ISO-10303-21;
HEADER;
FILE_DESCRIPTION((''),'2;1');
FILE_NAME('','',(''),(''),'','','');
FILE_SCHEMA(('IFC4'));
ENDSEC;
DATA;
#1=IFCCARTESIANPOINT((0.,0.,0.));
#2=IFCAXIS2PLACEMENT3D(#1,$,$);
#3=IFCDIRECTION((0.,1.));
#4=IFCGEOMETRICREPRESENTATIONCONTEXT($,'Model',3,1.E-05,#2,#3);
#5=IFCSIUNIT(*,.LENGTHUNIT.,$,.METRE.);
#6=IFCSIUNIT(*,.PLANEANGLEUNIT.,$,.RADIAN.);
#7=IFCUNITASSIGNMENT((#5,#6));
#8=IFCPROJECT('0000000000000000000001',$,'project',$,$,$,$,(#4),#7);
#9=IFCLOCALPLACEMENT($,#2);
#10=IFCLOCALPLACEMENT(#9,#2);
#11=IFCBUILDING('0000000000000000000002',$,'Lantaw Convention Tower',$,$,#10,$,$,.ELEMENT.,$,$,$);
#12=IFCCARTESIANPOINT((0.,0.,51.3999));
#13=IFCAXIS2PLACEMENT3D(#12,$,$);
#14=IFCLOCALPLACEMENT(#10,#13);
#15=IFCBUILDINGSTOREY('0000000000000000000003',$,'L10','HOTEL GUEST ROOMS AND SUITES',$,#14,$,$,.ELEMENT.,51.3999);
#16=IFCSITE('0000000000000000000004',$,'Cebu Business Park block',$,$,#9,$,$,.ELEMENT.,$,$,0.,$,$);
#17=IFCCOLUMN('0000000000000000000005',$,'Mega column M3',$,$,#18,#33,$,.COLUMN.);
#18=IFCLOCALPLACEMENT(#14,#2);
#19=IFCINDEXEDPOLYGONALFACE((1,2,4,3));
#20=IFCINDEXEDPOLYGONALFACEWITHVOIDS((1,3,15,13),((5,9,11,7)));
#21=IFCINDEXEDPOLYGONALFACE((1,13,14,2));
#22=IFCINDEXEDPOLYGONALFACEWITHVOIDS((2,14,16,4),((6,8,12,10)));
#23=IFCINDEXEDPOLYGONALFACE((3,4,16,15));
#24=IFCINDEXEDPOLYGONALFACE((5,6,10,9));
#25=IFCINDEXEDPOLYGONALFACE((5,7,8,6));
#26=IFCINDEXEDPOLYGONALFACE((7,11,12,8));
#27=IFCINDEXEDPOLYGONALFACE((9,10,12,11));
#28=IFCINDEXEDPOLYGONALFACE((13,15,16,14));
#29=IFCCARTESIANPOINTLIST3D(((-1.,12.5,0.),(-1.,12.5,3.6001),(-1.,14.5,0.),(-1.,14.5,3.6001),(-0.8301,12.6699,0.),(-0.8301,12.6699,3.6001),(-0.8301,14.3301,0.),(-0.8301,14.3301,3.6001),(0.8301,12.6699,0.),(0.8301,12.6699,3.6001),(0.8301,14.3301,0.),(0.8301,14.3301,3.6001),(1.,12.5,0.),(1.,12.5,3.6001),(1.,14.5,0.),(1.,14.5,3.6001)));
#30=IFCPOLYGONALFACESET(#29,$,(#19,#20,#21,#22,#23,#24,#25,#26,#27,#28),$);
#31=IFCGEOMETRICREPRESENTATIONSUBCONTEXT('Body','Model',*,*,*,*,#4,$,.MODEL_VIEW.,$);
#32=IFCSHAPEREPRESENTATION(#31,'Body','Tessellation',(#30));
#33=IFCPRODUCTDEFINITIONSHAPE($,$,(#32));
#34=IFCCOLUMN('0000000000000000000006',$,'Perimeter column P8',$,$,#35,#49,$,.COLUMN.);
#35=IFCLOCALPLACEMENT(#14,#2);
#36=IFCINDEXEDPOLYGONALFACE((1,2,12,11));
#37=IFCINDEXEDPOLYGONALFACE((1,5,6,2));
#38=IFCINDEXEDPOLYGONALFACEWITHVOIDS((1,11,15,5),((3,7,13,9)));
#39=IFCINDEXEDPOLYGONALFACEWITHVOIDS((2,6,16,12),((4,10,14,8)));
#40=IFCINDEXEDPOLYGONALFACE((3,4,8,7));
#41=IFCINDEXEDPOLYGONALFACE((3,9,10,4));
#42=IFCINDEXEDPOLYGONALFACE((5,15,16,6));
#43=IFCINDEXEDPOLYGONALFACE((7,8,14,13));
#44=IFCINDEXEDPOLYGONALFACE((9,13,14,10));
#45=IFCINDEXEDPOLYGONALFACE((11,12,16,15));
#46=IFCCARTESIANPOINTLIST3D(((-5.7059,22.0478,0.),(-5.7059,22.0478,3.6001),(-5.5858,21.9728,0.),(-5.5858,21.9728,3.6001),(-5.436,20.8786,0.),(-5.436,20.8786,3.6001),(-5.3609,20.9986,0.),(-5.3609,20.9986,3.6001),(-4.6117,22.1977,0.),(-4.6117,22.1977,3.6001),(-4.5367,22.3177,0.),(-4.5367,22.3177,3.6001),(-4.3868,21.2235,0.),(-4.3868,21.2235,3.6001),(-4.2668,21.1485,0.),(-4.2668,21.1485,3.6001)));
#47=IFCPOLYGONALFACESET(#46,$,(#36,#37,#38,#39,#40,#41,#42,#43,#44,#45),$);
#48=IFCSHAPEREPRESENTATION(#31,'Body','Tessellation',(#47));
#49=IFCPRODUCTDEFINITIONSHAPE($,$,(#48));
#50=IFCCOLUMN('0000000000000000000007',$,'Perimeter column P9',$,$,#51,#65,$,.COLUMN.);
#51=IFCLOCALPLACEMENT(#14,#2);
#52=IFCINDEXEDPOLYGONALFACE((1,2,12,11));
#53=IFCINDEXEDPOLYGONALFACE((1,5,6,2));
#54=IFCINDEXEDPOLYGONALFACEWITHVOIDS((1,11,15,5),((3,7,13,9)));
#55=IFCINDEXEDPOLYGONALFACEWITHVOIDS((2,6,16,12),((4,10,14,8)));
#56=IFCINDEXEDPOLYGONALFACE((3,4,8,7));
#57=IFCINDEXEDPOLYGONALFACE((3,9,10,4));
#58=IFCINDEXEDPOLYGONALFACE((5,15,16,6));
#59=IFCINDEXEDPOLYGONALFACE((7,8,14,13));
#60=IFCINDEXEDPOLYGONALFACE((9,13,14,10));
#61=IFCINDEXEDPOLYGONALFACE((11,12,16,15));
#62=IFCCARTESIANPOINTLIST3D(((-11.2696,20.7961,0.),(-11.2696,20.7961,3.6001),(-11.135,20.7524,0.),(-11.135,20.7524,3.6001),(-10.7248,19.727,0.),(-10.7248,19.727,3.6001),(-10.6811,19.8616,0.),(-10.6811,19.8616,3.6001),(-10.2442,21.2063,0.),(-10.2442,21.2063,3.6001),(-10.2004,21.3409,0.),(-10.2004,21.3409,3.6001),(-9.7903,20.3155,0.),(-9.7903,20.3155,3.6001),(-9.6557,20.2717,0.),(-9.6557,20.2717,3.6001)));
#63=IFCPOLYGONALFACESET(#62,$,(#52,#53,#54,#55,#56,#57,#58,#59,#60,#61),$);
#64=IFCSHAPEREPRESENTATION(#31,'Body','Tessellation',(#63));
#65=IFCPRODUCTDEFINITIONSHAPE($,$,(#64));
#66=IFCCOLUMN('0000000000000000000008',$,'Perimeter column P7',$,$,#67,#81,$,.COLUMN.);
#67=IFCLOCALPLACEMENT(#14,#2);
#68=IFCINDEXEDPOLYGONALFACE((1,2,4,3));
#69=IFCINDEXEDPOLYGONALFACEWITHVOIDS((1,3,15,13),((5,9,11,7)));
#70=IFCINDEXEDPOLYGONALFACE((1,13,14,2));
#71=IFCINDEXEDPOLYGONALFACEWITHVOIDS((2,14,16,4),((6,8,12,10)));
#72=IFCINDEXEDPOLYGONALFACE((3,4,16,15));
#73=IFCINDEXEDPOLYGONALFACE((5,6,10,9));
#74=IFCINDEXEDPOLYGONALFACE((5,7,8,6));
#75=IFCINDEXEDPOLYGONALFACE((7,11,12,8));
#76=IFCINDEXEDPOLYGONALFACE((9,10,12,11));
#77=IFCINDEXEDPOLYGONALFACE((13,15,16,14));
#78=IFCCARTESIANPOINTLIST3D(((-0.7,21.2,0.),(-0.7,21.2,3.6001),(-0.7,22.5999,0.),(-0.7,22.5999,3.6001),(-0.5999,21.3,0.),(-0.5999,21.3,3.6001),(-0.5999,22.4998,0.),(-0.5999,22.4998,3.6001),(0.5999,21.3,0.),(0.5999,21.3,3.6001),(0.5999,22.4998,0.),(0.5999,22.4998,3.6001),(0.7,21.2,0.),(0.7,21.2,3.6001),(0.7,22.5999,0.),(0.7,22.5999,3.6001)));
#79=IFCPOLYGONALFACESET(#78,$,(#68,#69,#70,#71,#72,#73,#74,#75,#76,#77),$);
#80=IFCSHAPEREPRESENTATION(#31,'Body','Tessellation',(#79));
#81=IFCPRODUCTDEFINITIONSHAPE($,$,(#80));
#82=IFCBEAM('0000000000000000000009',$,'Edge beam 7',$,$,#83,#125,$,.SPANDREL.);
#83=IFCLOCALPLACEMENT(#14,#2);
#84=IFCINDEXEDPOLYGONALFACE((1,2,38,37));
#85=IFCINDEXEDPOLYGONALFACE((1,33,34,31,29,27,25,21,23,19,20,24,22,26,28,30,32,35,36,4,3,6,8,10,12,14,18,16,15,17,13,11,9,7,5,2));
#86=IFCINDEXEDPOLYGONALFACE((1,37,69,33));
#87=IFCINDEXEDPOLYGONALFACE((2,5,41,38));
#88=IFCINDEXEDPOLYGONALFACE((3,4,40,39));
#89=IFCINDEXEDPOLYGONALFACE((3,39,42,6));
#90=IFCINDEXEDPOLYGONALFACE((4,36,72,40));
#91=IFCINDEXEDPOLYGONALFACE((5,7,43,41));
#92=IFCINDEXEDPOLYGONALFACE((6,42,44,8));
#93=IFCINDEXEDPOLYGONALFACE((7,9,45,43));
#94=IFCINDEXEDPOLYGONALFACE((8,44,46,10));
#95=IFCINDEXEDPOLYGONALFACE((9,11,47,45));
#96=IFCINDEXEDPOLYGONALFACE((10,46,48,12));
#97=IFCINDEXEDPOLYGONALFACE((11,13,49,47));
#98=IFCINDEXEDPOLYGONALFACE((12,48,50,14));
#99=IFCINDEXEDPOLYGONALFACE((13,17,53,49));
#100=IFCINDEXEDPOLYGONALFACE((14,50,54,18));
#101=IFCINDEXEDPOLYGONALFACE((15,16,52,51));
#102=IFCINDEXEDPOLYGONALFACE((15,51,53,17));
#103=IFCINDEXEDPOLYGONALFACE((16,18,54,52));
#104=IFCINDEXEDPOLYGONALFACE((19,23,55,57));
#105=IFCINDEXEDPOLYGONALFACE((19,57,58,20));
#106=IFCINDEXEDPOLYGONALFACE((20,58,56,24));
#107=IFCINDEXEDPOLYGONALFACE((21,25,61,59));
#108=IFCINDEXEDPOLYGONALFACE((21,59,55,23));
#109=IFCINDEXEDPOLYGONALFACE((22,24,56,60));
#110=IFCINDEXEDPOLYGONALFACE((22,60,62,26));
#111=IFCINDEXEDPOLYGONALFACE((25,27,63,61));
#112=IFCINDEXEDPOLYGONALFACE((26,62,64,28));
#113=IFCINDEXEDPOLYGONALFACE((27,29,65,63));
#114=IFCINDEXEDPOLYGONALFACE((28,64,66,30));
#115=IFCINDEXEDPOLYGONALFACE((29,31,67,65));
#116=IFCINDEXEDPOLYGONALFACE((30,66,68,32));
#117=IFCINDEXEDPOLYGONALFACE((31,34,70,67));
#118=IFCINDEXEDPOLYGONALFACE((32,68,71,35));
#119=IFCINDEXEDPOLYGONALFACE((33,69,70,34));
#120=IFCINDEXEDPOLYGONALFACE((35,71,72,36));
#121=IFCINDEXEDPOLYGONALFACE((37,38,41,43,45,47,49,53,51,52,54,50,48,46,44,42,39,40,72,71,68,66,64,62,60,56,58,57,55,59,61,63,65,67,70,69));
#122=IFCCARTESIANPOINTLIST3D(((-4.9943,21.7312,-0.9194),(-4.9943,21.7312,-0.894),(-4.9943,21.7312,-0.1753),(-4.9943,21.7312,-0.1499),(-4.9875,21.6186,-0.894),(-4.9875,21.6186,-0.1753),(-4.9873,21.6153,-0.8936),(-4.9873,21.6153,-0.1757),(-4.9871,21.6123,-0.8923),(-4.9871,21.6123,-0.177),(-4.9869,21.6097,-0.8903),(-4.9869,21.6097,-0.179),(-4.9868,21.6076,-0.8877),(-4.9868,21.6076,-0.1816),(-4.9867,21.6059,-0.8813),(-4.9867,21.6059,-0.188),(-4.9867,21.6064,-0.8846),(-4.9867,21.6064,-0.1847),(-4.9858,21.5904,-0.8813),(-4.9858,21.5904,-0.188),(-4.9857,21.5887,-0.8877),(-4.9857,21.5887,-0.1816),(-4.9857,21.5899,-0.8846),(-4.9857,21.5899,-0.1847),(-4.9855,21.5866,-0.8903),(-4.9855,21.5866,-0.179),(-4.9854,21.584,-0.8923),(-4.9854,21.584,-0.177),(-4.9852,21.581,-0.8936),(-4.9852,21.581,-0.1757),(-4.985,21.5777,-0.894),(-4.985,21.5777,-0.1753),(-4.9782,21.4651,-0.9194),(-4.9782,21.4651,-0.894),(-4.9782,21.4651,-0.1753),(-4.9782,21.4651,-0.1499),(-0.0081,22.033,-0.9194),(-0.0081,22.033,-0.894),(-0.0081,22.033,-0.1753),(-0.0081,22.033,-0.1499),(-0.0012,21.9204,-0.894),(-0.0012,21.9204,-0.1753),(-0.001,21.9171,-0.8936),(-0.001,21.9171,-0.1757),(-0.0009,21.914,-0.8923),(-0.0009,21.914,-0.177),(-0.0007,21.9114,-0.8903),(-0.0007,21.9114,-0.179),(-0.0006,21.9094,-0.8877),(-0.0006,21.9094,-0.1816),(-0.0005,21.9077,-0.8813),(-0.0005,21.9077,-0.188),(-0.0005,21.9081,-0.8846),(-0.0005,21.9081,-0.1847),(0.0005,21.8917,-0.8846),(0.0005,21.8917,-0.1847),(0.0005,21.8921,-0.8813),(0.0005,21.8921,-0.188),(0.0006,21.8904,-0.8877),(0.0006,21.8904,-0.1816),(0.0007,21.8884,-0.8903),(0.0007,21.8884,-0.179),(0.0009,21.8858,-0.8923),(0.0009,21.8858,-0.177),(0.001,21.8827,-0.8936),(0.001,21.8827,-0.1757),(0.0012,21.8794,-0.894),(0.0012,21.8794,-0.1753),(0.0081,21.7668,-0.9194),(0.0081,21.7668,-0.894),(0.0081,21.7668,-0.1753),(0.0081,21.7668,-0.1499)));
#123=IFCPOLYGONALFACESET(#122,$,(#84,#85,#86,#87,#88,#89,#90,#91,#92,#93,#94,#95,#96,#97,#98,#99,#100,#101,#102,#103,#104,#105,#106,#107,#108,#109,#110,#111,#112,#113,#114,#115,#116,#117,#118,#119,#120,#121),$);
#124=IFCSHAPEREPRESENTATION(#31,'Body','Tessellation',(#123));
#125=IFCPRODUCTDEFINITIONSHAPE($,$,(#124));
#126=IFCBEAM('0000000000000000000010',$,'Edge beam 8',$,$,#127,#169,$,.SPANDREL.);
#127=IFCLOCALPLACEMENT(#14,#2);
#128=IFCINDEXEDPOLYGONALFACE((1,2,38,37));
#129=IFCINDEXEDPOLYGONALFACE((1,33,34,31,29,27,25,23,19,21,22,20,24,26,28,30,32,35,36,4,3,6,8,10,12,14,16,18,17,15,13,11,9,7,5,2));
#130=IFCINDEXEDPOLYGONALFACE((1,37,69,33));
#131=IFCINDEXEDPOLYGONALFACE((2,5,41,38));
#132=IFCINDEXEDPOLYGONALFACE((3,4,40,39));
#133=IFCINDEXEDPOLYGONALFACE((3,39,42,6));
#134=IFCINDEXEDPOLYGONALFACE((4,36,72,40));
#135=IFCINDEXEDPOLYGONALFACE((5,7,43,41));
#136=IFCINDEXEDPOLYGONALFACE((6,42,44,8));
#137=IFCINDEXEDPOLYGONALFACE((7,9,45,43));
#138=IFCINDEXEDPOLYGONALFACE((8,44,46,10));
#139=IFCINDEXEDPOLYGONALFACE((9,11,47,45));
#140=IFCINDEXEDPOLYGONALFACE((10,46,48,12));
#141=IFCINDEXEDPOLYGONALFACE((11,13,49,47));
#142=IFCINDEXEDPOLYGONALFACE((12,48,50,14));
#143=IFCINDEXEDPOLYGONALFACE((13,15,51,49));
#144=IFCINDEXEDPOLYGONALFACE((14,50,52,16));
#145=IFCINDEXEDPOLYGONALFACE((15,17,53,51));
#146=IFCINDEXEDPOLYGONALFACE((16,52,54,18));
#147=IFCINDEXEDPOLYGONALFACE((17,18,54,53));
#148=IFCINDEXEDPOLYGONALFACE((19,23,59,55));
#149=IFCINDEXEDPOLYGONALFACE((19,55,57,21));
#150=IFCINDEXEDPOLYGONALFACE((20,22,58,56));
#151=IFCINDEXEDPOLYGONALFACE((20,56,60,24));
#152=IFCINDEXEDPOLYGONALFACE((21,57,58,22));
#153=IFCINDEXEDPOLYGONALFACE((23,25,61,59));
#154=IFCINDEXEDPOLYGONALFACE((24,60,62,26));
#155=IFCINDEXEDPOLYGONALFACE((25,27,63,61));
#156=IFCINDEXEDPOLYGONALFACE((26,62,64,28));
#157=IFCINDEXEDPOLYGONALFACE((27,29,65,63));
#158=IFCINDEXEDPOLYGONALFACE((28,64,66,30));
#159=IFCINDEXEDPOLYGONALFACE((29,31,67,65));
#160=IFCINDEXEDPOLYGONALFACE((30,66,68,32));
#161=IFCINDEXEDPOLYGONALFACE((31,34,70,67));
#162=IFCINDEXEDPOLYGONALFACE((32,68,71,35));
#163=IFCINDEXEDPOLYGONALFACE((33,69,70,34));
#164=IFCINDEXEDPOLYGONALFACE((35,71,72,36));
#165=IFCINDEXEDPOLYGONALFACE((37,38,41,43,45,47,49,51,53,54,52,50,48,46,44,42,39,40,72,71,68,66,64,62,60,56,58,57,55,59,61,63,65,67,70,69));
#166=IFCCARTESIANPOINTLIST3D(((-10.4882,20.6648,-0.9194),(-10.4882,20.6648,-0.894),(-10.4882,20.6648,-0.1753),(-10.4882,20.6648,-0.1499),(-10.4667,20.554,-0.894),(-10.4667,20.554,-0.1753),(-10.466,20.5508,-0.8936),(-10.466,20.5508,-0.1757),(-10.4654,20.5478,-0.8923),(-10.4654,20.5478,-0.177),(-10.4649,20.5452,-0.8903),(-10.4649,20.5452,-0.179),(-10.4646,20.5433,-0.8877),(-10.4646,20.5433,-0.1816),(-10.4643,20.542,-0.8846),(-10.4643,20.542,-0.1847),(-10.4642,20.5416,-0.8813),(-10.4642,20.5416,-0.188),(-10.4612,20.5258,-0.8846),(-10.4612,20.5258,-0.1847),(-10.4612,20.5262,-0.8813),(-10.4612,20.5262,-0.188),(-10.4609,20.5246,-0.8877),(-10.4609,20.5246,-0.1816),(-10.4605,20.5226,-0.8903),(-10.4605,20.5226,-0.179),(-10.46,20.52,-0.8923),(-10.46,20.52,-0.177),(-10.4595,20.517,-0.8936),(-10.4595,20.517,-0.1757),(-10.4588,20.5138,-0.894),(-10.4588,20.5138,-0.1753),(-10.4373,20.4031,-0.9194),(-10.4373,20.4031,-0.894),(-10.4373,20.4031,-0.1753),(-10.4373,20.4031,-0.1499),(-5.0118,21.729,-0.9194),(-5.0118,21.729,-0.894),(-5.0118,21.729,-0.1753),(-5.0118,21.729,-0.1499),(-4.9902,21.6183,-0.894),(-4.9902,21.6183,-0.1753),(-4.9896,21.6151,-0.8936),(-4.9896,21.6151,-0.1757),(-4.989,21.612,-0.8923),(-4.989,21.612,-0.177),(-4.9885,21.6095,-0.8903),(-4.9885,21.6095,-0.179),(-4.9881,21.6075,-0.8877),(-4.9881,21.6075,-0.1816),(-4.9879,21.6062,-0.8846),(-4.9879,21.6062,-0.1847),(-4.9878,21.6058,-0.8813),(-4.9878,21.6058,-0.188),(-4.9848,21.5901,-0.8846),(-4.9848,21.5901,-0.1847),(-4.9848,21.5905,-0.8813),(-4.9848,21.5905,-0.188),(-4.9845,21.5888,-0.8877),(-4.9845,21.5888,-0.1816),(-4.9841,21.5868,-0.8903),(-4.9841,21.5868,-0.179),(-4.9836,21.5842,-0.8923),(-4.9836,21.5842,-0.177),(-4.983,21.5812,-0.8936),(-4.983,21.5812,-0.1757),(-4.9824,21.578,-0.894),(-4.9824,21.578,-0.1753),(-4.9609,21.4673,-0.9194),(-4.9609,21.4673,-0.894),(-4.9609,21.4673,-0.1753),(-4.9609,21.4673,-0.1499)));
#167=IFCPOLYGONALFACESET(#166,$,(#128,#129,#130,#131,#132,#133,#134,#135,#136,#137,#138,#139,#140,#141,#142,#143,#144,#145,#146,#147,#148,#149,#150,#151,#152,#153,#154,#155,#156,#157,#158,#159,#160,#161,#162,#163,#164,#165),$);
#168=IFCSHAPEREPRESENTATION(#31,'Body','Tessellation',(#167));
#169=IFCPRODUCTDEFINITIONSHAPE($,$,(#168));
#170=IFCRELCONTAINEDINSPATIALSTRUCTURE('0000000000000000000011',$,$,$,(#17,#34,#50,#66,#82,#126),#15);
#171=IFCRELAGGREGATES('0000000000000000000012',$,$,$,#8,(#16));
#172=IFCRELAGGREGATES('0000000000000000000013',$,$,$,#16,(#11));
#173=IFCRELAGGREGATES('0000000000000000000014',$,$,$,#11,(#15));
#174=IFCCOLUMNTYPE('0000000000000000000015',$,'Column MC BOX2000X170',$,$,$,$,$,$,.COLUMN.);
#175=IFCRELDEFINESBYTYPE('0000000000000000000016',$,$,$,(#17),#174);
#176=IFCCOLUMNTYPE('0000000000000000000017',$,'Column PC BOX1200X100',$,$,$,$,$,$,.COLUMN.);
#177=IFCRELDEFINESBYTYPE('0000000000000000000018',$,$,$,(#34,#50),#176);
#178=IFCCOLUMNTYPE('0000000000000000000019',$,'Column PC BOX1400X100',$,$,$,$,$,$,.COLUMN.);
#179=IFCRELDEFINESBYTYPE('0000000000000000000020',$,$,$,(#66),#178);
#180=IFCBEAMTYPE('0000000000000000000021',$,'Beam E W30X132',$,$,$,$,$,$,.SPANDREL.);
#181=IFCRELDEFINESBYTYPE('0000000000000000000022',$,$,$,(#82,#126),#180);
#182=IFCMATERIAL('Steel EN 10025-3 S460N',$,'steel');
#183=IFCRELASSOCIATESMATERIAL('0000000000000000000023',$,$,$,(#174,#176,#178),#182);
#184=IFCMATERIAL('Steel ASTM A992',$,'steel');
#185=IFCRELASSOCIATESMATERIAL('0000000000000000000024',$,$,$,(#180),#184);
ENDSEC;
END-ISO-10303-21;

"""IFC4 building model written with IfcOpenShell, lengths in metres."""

from ifc_helpers import new_model, si_unit, direction, frame, origin, origin_2d, place, context, subcontext, project, spatial, rectangle, hollow_rectangle, i_section, extrude, material, material_profile, profile_set, type_object, element, save


model = new_model("IFC4")

# Units and contexts
model_context = context("Model", 3, precision=1e-05, world=origin(), true_north=direction((0.0, 1.0)))
body_context = subcontext(model_context, "Body", "Model", "MODEL_VIEW")
ifc_project = project(units=[si_unit("LENGTHUNIT", "METRE"), si_unit("PLANEANGLEUNIT", "RADIAN")], contexts=[model_context])

# Site, building, storey
site_placement = place(None, origin())
site = spatial("IfcSite", under=ifc_project, at=site_placement, Name="Cebu Business Park block", CompositionType="ELEMENT", RefElevation=0.0)
building_placement = place(site_placement, origin())
building = spatial("IfcBuilding", under=site, at=building_placement, Name="Lantaw Convention Tower", CompositionType="ELEMENT")
storey_placement = place(building_placement, frame((0.0, 0.0, 51.3999)))
storey = spatial("IfcBuildingStorey", under=building, at=storey_placement, Name="L10", Description="HOTEL GUEST ROOMS AND SUITES", CompositionType="ELEMENT", Elevation=51.3999)

# Columns
ifc_material_1 = material(Name="Steel EN 10025-3 S460N", Category="steel")
ifc_material_profile_1 = material_profile(ifc_material_1, hollow_rectangle(XDim=2.0, YDim=2.0, WallThickness=0.1699, at=origin_2d()), Name="BOX2000X170")
ifc_material_2 = material(Name="Concrete C60/75", Category="concrete")
ifc_material_profile_2 = material_profile(ifc_material_2, rectangle(XDim=1.6599, YDim=1.6599, at=origin_2d()), Name="Concrete fill of BOX2000X170")
ifc_profile_set_1 = profile_set([ifc_material_profile_1, ifc_material_profile_2], Name="Steel EN 10025-3 S460N")
column_type_1 = type_object("IfcColumnType", Name="Column MC BOX2000X170", PredefinedType="COLUMN", material=ifc_profile_set_1)
column_1_placement = place(storey_placement, frame((0.0, 13.5, 0.0), z_axis=(0.0, 0.0, 1.0), x_axis=(1.0, 0.0, 0.0)))
element("IfcColumn", 1, at=column_1_placement, inside=storey, type_object=column_type_1, Name="Mega column M3", PredefinedType="COLUMN", context=body_context, shape_type="SweptSolid", body=[
    extrude(hollow_rectangle(XDim=2.0, YDim=2.0, WallThickness=0.1699, at=origin_2d()), origin(), (0.0, 0.0, 1.0), 3.6001),
])
ifc_material_profile_3 = material_profile(ifc_material_1, hollow_rectangle(XDim=1.2, YDim=1.2, WallThickness=0.1001, at=origin_2d()), Name="BOX1200X100")
ifc_material_profile_4 = material_profile(ifc_material_2, rectangle(XDim=1.0, YDim=1.0, at=origin_2d()), Name="Concrete fill of BOX1200X100")
ifc_profile_set_2 = profile_set([ifc_material_profile_3, ifc_material_profile_4], Name="Steel EN 10025-3 S460N")
column_type_2 = type_object("IfcColumnType", Name="Column PC BOX1200X100", PredefinedType="COLUMN", material=ifc_profile_set_2)
for number, where, z_axis, x_axis, name in (
    (2, (-4.9863, 21.5981, 0.0), (0.0, 0.0, 1.0), (0.97437, 0.224951, 0.0), "Perimeter column P8"),
    (3, (-10.4626, 20.5339, 0.0), (0.0, 0.0, 1.0), (0.891007, 0.45399, 0.0), "Perimeter column P9"),
):
    element("IfcColumn", number, at=place(storey_placement, frame(where, z_axis=z_axis, x_axis=x_axis)), inside=storey, type_object=column_type_2, Name=name, PredefinedType="COLUMN", context=body_context, shape_type="SweptSolid", body=[
        extrude(hollow_rectangle(XDim=1.2, YDim=1.2, WallThickness=0.1001, at=origin_2d()), origin(), (0.0, 0.0, 1.0), 3.6001),
    ])
ifc_material_profile_5 = material_profile(ifc_material_1, hollow_rectangle(XDim=1.3999, YDim=1.3999, WallThickness=0.1001, at=origin_2d()), Name="BOX1400X100")
ifc_material_profile_6 = material_profile(ifc_material_2, rectangle(XDim=1.2, YDim=1.2, at=origin_2d()), Name="Concrete fill of BOX1400X100")
ifc_profile_set_3 = profile_set([ifc_material_profile_5, ifc_material_profile_6], Name="Steel EN 10025-3 S460N")
column_type_3 = type_object("IfcColumnType", Name="Column PC BOX1400X100", PredefinedType="COLUMN", material=ifc_profile_set_3)
column_2_placement = place(storey_placement, frame((0.0, 21.8999, 0.0), z_axis=(0.0, 0.0, 1.0), x_axis=(1.0, 0.0, 0.0)))
element("IfcColumn", 4, at=column_2_placement, inside=storey, type_object=column_type_3, Name="Perimeter column P7", PredefinedType="COLUMN", context=body_context, shape_type="SweptSolid", body=[
    extrude(hollow_rectangle(XDim=1.3999, YDim=1.3999, WallThickness=0.1001, at=origin_2d()), origin(), (0.0, 0.0, 1.0), 3.6001),
])

# Beams
ifc_material_3 = material(Name="Steel ASTM A992", Category="steel")
ifc_material_profile_7 = material_profile(ifc_material_3, i_section(OverallWidth=0.2666, OverallDepth=0.7695, WebThickness=0.0156, FlangeThickness=0.0254, FilletRadius=0.0127, at=origin_2d()), Name="W30X132")
ifc_profile_set_4 = profile_set([ifc_material_profile_7], Name="Steel ASTM A992")
beam_type_1 = type_object("IfcBeamType", Name="Beam E W30X132", PredefinedType="SPANDREL", material=ifc_profile_set_4)
beam_1_placement = place(storey_placement, frame((0.0, 21.8999, -0.5347), z_axis=(-0.998174, -0.060407, 0.0), x_axis=(0.060407, -0.998174, 0.0)))
element("IfcBeam", 5, at=beam_1_placement, inside=storey, type_object=beam_type_1, Name="Edge beam 7", PredefinedType="SPANDREL", context=body_context, shape_type="SweptSolid", body=[
    extrude(i_section(OverallWidth=0.2666, OverallDepth=0.7695, WebThickness=0.0156, FlangeThickness=0.0254, FilletRadius=0.0127, at=origin_2d()), origin(), (0.0, 0.0, 1.0), 4.9954),
])
beam_2_placement = place(storey_placement, frame((-4.9863, 21.5981, -0.5347), z_axis=(-0.981637, -0.190761, 0.0), x_axis=(0.190761, -0.981637, 0.0)))
element("IfcBeam", 6, at=beam_2_placement, inside=storey, type_object=beam_type_1, Name="Edge beam 8", PredefinedType="SPANDREL", context=body_context, shape_type="SweptSolid", body=[
    extrude(i_section(OverallWidth=0.2666, OverallDepth=0.7695, WebThickness=0.0156, FlangeThickness=0.0254, FilletRadius=0.0127, at=origin_2d()), origin(), (0.0, 0.0, 1.0), 5.5789),
])

save(model, "model.ifc")
